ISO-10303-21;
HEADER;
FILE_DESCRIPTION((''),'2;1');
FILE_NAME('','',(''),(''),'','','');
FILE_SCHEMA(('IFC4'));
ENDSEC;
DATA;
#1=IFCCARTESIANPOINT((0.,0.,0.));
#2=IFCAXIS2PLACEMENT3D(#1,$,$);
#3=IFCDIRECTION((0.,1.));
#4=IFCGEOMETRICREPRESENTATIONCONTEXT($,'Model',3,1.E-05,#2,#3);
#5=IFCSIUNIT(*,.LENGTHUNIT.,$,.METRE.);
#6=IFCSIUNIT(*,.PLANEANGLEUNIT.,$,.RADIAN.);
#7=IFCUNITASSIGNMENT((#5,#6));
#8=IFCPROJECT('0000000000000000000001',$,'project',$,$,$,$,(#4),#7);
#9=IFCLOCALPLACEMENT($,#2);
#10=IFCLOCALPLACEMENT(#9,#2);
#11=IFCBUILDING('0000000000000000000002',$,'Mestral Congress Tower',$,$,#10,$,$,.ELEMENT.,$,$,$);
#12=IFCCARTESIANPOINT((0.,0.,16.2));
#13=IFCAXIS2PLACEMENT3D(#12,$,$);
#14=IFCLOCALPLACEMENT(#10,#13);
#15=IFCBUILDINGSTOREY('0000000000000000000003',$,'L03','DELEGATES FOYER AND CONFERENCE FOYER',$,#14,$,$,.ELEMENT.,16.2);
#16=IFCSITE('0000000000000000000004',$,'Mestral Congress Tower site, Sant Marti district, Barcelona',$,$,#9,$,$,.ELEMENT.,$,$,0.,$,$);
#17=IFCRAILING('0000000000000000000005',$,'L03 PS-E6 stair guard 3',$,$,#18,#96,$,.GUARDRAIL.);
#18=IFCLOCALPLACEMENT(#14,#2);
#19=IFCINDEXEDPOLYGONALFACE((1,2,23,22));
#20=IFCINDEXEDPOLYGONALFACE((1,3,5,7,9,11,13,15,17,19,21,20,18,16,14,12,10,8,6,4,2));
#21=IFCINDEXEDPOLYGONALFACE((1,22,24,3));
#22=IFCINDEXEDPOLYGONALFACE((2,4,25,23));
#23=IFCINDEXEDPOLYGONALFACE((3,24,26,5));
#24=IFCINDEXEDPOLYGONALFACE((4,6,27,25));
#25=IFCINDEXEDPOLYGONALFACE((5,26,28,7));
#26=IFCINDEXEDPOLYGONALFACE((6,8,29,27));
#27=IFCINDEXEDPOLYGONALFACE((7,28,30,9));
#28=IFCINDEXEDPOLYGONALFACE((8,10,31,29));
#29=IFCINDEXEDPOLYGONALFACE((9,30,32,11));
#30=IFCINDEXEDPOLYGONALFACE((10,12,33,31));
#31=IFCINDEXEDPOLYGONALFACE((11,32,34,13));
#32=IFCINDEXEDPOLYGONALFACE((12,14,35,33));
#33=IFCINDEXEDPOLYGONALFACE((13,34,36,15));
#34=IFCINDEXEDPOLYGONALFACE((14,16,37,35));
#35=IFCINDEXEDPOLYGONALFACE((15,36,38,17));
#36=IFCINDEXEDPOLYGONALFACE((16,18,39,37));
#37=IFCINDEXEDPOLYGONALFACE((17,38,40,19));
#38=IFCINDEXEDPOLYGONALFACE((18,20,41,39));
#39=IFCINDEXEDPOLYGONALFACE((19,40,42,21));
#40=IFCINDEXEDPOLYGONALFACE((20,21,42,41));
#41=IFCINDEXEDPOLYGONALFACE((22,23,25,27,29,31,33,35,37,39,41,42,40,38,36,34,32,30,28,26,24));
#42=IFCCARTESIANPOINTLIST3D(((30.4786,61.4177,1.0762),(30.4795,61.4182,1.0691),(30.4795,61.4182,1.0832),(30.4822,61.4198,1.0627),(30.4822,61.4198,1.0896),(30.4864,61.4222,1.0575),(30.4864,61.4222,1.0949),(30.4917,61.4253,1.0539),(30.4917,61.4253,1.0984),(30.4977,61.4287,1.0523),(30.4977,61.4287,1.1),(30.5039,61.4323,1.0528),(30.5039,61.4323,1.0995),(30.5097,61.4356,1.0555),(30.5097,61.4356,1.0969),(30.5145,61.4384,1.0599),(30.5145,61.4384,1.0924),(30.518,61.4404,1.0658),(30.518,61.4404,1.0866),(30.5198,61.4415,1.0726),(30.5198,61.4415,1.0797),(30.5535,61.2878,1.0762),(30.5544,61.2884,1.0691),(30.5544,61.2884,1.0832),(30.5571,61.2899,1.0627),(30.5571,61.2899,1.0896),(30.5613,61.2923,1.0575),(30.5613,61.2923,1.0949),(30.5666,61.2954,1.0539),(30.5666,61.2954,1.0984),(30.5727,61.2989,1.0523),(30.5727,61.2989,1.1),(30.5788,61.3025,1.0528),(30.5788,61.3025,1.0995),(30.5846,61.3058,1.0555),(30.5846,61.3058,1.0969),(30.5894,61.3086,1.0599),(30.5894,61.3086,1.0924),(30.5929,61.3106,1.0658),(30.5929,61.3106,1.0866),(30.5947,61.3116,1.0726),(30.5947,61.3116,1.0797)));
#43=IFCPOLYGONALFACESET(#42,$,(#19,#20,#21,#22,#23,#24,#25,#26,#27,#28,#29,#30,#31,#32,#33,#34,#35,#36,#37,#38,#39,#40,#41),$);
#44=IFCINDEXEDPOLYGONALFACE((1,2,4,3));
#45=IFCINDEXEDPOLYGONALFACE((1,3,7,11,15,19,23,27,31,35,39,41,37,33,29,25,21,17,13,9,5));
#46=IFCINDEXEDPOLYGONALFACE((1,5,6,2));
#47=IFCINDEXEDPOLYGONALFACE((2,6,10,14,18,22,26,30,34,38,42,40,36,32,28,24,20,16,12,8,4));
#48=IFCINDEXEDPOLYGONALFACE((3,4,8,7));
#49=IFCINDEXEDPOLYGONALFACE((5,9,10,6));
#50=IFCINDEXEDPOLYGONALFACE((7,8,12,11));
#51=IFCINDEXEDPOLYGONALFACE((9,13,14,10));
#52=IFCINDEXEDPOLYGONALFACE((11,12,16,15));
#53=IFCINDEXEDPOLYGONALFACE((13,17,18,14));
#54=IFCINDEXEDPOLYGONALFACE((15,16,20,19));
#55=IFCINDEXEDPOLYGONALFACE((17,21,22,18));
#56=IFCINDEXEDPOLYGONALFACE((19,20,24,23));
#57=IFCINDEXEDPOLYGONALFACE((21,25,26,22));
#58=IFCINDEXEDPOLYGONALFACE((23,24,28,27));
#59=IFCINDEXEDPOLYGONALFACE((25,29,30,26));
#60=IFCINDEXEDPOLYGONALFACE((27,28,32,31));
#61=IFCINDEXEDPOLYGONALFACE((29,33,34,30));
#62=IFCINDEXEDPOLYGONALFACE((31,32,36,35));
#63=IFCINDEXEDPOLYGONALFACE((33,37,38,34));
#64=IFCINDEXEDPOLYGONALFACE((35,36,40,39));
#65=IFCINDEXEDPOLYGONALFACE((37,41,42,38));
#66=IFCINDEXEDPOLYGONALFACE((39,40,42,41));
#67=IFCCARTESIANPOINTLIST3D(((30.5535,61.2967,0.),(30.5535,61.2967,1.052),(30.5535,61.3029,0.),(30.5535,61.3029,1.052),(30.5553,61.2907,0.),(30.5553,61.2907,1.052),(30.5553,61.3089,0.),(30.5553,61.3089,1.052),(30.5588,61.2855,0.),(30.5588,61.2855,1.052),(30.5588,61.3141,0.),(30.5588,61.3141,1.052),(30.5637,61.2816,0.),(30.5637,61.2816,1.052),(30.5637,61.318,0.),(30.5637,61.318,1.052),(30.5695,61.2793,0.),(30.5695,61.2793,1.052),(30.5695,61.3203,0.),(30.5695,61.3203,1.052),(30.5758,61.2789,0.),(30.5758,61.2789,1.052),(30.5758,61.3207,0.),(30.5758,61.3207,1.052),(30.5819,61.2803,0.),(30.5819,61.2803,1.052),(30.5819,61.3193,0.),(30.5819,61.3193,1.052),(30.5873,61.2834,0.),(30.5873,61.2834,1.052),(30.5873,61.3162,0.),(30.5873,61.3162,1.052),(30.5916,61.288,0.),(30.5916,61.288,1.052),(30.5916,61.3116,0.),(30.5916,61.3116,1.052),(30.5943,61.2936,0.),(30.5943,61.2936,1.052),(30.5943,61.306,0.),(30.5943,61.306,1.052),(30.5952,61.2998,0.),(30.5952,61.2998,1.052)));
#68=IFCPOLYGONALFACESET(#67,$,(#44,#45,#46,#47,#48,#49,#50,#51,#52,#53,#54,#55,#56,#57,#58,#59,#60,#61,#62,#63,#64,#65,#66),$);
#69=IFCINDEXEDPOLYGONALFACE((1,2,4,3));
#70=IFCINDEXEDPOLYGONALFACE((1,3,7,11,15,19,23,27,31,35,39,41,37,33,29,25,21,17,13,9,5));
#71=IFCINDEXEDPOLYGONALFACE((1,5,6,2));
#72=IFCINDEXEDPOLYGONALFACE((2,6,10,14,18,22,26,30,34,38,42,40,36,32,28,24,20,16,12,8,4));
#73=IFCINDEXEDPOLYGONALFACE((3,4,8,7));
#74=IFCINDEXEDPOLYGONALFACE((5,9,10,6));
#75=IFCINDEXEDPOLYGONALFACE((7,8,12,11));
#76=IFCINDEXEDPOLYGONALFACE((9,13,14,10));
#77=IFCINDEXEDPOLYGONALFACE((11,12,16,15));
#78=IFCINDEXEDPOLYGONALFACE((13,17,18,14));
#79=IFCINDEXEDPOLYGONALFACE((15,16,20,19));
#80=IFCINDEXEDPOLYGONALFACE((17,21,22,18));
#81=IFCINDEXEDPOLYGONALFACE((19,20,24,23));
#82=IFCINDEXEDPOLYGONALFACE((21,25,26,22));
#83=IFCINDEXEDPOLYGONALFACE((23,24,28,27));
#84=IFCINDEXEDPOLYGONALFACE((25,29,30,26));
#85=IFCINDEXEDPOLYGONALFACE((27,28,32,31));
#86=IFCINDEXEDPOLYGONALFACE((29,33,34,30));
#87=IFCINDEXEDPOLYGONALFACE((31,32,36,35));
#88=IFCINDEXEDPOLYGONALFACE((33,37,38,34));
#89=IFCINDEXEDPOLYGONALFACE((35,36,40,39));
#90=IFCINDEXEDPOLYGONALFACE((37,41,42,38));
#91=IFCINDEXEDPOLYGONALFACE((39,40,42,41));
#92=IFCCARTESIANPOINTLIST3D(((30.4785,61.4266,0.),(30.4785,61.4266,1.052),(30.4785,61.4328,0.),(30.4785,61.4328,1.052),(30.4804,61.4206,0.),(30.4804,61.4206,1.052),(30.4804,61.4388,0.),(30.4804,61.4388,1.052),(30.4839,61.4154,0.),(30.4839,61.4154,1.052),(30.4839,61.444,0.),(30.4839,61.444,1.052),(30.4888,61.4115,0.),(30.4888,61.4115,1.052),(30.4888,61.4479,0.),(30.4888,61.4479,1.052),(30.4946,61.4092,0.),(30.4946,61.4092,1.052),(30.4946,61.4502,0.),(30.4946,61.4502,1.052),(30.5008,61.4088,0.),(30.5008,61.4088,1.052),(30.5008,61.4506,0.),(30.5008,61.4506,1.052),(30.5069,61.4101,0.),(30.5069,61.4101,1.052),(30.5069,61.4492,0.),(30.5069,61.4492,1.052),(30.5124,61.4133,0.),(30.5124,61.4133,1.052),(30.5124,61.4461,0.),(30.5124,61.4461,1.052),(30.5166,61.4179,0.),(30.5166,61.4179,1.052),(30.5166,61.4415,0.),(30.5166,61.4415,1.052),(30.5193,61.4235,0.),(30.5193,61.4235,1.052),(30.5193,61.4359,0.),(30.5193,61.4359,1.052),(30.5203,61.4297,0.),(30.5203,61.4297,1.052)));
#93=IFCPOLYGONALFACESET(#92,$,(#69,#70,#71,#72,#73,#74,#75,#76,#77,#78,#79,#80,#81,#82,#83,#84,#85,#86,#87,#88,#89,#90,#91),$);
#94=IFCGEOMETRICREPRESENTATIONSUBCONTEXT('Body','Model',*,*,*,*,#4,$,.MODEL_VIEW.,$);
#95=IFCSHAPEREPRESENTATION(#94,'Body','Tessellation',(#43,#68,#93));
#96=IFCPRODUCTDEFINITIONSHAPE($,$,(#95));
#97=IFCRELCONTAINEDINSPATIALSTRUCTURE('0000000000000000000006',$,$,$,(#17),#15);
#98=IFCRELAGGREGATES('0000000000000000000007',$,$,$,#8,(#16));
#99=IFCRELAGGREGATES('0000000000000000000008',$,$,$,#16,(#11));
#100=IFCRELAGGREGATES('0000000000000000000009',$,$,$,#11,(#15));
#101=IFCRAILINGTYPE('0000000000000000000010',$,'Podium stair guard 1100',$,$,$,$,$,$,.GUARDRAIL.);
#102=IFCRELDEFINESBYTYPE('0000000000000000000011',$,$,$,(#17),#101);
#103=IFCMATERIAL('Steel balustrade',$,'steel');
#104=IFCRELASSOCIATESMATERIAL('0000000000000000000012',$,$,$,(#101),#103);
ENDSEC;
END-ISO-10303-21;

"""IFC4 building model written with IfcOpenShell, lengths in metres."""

from ifc_helpers import new_model, si_unit, direction, frame, origin, origin_2d, place, context, subcontext, project, spatial, circle, extrude, material, type_object, element, save


model = new_model("IFC4")

# Units and contexts
model_context = context("Model", 3, precision=1e-05, world=origin(), true_north=direction((0.0, 1.0)))
body_context = subcontext(model_context, "Body", "Model", "MODEL_VIEW")
ifc_project = project(units=[si_unit("LENGTHUNIT", "METRE"), si_unit("PLANEANGLEUNIT", "RADIAN")], contexts=[model_context])

# Site, building, storey
site_placement = place(None, origin())
site = spatial("IfcSite", under=ifc_project, at=site_placement, Name="Mestral Congress Tower site, Sant Marti district, Barcelona", CompositionType="ELEMENT", RefElevation=0.0)
building_placement = place(site_placement, origin())
building = spatial("IfcBuilding", under=site, at=building_placement, Name="Mestral Congress Tower", CompositionType="ELEMENT")
storey_placement = place(building_placement, frame((0.0, 0.0, 16.2)))
storey = spatial("IfcBuildingStorey", under=building, at=storey_placement, Name="L03", Description="DELEGATES FOYER AND CONFERENCE FOYER", CompositionType="ELEMENT", Elevation=16.2)

# Railing
ifc_material_1 = material(Name="Steel balustrade", Category="steel")
railing_type_1 = type_object("IfcRailingType", Name="Podium stair guard 1100", PredefinedType="GUARDRAIL", material=ifc_material_1)
railing_1_placement = place(storey_placement, frame((30.5742, 61.2998, 0.0)))
element("IfcRailing", 1, at=railing_1_placement, inside=storey, type_object=railing_type_1, Name="L03 PS-E6 stair guard 3", PredefinedType="GUARDRAIL", context=body_context, shape_type="SweptSolid", body=[
    extrude(circle(Radius=0.0239, at=origin_2d()), frame((0.0, 0.0, 1.0762), z_axis=(-0.499816, 0.866131, 0.0), x_axis=(-0.866131, -0.499816, 0.0)), (0.0, 0.0, 1.0), 0.1499),
    extrude(circle(Radius=0.021, at=origin_2d()), origin(), (0.0, 0.0, 1.0), 1.052),
    extrude(circle(Radius=0.021, at=origin_2d()), frame((-0.075, 0.1299, 0.0)), (0.0, 0.0, 1.0), 1.052),
])

save(model, "model.ifc")
